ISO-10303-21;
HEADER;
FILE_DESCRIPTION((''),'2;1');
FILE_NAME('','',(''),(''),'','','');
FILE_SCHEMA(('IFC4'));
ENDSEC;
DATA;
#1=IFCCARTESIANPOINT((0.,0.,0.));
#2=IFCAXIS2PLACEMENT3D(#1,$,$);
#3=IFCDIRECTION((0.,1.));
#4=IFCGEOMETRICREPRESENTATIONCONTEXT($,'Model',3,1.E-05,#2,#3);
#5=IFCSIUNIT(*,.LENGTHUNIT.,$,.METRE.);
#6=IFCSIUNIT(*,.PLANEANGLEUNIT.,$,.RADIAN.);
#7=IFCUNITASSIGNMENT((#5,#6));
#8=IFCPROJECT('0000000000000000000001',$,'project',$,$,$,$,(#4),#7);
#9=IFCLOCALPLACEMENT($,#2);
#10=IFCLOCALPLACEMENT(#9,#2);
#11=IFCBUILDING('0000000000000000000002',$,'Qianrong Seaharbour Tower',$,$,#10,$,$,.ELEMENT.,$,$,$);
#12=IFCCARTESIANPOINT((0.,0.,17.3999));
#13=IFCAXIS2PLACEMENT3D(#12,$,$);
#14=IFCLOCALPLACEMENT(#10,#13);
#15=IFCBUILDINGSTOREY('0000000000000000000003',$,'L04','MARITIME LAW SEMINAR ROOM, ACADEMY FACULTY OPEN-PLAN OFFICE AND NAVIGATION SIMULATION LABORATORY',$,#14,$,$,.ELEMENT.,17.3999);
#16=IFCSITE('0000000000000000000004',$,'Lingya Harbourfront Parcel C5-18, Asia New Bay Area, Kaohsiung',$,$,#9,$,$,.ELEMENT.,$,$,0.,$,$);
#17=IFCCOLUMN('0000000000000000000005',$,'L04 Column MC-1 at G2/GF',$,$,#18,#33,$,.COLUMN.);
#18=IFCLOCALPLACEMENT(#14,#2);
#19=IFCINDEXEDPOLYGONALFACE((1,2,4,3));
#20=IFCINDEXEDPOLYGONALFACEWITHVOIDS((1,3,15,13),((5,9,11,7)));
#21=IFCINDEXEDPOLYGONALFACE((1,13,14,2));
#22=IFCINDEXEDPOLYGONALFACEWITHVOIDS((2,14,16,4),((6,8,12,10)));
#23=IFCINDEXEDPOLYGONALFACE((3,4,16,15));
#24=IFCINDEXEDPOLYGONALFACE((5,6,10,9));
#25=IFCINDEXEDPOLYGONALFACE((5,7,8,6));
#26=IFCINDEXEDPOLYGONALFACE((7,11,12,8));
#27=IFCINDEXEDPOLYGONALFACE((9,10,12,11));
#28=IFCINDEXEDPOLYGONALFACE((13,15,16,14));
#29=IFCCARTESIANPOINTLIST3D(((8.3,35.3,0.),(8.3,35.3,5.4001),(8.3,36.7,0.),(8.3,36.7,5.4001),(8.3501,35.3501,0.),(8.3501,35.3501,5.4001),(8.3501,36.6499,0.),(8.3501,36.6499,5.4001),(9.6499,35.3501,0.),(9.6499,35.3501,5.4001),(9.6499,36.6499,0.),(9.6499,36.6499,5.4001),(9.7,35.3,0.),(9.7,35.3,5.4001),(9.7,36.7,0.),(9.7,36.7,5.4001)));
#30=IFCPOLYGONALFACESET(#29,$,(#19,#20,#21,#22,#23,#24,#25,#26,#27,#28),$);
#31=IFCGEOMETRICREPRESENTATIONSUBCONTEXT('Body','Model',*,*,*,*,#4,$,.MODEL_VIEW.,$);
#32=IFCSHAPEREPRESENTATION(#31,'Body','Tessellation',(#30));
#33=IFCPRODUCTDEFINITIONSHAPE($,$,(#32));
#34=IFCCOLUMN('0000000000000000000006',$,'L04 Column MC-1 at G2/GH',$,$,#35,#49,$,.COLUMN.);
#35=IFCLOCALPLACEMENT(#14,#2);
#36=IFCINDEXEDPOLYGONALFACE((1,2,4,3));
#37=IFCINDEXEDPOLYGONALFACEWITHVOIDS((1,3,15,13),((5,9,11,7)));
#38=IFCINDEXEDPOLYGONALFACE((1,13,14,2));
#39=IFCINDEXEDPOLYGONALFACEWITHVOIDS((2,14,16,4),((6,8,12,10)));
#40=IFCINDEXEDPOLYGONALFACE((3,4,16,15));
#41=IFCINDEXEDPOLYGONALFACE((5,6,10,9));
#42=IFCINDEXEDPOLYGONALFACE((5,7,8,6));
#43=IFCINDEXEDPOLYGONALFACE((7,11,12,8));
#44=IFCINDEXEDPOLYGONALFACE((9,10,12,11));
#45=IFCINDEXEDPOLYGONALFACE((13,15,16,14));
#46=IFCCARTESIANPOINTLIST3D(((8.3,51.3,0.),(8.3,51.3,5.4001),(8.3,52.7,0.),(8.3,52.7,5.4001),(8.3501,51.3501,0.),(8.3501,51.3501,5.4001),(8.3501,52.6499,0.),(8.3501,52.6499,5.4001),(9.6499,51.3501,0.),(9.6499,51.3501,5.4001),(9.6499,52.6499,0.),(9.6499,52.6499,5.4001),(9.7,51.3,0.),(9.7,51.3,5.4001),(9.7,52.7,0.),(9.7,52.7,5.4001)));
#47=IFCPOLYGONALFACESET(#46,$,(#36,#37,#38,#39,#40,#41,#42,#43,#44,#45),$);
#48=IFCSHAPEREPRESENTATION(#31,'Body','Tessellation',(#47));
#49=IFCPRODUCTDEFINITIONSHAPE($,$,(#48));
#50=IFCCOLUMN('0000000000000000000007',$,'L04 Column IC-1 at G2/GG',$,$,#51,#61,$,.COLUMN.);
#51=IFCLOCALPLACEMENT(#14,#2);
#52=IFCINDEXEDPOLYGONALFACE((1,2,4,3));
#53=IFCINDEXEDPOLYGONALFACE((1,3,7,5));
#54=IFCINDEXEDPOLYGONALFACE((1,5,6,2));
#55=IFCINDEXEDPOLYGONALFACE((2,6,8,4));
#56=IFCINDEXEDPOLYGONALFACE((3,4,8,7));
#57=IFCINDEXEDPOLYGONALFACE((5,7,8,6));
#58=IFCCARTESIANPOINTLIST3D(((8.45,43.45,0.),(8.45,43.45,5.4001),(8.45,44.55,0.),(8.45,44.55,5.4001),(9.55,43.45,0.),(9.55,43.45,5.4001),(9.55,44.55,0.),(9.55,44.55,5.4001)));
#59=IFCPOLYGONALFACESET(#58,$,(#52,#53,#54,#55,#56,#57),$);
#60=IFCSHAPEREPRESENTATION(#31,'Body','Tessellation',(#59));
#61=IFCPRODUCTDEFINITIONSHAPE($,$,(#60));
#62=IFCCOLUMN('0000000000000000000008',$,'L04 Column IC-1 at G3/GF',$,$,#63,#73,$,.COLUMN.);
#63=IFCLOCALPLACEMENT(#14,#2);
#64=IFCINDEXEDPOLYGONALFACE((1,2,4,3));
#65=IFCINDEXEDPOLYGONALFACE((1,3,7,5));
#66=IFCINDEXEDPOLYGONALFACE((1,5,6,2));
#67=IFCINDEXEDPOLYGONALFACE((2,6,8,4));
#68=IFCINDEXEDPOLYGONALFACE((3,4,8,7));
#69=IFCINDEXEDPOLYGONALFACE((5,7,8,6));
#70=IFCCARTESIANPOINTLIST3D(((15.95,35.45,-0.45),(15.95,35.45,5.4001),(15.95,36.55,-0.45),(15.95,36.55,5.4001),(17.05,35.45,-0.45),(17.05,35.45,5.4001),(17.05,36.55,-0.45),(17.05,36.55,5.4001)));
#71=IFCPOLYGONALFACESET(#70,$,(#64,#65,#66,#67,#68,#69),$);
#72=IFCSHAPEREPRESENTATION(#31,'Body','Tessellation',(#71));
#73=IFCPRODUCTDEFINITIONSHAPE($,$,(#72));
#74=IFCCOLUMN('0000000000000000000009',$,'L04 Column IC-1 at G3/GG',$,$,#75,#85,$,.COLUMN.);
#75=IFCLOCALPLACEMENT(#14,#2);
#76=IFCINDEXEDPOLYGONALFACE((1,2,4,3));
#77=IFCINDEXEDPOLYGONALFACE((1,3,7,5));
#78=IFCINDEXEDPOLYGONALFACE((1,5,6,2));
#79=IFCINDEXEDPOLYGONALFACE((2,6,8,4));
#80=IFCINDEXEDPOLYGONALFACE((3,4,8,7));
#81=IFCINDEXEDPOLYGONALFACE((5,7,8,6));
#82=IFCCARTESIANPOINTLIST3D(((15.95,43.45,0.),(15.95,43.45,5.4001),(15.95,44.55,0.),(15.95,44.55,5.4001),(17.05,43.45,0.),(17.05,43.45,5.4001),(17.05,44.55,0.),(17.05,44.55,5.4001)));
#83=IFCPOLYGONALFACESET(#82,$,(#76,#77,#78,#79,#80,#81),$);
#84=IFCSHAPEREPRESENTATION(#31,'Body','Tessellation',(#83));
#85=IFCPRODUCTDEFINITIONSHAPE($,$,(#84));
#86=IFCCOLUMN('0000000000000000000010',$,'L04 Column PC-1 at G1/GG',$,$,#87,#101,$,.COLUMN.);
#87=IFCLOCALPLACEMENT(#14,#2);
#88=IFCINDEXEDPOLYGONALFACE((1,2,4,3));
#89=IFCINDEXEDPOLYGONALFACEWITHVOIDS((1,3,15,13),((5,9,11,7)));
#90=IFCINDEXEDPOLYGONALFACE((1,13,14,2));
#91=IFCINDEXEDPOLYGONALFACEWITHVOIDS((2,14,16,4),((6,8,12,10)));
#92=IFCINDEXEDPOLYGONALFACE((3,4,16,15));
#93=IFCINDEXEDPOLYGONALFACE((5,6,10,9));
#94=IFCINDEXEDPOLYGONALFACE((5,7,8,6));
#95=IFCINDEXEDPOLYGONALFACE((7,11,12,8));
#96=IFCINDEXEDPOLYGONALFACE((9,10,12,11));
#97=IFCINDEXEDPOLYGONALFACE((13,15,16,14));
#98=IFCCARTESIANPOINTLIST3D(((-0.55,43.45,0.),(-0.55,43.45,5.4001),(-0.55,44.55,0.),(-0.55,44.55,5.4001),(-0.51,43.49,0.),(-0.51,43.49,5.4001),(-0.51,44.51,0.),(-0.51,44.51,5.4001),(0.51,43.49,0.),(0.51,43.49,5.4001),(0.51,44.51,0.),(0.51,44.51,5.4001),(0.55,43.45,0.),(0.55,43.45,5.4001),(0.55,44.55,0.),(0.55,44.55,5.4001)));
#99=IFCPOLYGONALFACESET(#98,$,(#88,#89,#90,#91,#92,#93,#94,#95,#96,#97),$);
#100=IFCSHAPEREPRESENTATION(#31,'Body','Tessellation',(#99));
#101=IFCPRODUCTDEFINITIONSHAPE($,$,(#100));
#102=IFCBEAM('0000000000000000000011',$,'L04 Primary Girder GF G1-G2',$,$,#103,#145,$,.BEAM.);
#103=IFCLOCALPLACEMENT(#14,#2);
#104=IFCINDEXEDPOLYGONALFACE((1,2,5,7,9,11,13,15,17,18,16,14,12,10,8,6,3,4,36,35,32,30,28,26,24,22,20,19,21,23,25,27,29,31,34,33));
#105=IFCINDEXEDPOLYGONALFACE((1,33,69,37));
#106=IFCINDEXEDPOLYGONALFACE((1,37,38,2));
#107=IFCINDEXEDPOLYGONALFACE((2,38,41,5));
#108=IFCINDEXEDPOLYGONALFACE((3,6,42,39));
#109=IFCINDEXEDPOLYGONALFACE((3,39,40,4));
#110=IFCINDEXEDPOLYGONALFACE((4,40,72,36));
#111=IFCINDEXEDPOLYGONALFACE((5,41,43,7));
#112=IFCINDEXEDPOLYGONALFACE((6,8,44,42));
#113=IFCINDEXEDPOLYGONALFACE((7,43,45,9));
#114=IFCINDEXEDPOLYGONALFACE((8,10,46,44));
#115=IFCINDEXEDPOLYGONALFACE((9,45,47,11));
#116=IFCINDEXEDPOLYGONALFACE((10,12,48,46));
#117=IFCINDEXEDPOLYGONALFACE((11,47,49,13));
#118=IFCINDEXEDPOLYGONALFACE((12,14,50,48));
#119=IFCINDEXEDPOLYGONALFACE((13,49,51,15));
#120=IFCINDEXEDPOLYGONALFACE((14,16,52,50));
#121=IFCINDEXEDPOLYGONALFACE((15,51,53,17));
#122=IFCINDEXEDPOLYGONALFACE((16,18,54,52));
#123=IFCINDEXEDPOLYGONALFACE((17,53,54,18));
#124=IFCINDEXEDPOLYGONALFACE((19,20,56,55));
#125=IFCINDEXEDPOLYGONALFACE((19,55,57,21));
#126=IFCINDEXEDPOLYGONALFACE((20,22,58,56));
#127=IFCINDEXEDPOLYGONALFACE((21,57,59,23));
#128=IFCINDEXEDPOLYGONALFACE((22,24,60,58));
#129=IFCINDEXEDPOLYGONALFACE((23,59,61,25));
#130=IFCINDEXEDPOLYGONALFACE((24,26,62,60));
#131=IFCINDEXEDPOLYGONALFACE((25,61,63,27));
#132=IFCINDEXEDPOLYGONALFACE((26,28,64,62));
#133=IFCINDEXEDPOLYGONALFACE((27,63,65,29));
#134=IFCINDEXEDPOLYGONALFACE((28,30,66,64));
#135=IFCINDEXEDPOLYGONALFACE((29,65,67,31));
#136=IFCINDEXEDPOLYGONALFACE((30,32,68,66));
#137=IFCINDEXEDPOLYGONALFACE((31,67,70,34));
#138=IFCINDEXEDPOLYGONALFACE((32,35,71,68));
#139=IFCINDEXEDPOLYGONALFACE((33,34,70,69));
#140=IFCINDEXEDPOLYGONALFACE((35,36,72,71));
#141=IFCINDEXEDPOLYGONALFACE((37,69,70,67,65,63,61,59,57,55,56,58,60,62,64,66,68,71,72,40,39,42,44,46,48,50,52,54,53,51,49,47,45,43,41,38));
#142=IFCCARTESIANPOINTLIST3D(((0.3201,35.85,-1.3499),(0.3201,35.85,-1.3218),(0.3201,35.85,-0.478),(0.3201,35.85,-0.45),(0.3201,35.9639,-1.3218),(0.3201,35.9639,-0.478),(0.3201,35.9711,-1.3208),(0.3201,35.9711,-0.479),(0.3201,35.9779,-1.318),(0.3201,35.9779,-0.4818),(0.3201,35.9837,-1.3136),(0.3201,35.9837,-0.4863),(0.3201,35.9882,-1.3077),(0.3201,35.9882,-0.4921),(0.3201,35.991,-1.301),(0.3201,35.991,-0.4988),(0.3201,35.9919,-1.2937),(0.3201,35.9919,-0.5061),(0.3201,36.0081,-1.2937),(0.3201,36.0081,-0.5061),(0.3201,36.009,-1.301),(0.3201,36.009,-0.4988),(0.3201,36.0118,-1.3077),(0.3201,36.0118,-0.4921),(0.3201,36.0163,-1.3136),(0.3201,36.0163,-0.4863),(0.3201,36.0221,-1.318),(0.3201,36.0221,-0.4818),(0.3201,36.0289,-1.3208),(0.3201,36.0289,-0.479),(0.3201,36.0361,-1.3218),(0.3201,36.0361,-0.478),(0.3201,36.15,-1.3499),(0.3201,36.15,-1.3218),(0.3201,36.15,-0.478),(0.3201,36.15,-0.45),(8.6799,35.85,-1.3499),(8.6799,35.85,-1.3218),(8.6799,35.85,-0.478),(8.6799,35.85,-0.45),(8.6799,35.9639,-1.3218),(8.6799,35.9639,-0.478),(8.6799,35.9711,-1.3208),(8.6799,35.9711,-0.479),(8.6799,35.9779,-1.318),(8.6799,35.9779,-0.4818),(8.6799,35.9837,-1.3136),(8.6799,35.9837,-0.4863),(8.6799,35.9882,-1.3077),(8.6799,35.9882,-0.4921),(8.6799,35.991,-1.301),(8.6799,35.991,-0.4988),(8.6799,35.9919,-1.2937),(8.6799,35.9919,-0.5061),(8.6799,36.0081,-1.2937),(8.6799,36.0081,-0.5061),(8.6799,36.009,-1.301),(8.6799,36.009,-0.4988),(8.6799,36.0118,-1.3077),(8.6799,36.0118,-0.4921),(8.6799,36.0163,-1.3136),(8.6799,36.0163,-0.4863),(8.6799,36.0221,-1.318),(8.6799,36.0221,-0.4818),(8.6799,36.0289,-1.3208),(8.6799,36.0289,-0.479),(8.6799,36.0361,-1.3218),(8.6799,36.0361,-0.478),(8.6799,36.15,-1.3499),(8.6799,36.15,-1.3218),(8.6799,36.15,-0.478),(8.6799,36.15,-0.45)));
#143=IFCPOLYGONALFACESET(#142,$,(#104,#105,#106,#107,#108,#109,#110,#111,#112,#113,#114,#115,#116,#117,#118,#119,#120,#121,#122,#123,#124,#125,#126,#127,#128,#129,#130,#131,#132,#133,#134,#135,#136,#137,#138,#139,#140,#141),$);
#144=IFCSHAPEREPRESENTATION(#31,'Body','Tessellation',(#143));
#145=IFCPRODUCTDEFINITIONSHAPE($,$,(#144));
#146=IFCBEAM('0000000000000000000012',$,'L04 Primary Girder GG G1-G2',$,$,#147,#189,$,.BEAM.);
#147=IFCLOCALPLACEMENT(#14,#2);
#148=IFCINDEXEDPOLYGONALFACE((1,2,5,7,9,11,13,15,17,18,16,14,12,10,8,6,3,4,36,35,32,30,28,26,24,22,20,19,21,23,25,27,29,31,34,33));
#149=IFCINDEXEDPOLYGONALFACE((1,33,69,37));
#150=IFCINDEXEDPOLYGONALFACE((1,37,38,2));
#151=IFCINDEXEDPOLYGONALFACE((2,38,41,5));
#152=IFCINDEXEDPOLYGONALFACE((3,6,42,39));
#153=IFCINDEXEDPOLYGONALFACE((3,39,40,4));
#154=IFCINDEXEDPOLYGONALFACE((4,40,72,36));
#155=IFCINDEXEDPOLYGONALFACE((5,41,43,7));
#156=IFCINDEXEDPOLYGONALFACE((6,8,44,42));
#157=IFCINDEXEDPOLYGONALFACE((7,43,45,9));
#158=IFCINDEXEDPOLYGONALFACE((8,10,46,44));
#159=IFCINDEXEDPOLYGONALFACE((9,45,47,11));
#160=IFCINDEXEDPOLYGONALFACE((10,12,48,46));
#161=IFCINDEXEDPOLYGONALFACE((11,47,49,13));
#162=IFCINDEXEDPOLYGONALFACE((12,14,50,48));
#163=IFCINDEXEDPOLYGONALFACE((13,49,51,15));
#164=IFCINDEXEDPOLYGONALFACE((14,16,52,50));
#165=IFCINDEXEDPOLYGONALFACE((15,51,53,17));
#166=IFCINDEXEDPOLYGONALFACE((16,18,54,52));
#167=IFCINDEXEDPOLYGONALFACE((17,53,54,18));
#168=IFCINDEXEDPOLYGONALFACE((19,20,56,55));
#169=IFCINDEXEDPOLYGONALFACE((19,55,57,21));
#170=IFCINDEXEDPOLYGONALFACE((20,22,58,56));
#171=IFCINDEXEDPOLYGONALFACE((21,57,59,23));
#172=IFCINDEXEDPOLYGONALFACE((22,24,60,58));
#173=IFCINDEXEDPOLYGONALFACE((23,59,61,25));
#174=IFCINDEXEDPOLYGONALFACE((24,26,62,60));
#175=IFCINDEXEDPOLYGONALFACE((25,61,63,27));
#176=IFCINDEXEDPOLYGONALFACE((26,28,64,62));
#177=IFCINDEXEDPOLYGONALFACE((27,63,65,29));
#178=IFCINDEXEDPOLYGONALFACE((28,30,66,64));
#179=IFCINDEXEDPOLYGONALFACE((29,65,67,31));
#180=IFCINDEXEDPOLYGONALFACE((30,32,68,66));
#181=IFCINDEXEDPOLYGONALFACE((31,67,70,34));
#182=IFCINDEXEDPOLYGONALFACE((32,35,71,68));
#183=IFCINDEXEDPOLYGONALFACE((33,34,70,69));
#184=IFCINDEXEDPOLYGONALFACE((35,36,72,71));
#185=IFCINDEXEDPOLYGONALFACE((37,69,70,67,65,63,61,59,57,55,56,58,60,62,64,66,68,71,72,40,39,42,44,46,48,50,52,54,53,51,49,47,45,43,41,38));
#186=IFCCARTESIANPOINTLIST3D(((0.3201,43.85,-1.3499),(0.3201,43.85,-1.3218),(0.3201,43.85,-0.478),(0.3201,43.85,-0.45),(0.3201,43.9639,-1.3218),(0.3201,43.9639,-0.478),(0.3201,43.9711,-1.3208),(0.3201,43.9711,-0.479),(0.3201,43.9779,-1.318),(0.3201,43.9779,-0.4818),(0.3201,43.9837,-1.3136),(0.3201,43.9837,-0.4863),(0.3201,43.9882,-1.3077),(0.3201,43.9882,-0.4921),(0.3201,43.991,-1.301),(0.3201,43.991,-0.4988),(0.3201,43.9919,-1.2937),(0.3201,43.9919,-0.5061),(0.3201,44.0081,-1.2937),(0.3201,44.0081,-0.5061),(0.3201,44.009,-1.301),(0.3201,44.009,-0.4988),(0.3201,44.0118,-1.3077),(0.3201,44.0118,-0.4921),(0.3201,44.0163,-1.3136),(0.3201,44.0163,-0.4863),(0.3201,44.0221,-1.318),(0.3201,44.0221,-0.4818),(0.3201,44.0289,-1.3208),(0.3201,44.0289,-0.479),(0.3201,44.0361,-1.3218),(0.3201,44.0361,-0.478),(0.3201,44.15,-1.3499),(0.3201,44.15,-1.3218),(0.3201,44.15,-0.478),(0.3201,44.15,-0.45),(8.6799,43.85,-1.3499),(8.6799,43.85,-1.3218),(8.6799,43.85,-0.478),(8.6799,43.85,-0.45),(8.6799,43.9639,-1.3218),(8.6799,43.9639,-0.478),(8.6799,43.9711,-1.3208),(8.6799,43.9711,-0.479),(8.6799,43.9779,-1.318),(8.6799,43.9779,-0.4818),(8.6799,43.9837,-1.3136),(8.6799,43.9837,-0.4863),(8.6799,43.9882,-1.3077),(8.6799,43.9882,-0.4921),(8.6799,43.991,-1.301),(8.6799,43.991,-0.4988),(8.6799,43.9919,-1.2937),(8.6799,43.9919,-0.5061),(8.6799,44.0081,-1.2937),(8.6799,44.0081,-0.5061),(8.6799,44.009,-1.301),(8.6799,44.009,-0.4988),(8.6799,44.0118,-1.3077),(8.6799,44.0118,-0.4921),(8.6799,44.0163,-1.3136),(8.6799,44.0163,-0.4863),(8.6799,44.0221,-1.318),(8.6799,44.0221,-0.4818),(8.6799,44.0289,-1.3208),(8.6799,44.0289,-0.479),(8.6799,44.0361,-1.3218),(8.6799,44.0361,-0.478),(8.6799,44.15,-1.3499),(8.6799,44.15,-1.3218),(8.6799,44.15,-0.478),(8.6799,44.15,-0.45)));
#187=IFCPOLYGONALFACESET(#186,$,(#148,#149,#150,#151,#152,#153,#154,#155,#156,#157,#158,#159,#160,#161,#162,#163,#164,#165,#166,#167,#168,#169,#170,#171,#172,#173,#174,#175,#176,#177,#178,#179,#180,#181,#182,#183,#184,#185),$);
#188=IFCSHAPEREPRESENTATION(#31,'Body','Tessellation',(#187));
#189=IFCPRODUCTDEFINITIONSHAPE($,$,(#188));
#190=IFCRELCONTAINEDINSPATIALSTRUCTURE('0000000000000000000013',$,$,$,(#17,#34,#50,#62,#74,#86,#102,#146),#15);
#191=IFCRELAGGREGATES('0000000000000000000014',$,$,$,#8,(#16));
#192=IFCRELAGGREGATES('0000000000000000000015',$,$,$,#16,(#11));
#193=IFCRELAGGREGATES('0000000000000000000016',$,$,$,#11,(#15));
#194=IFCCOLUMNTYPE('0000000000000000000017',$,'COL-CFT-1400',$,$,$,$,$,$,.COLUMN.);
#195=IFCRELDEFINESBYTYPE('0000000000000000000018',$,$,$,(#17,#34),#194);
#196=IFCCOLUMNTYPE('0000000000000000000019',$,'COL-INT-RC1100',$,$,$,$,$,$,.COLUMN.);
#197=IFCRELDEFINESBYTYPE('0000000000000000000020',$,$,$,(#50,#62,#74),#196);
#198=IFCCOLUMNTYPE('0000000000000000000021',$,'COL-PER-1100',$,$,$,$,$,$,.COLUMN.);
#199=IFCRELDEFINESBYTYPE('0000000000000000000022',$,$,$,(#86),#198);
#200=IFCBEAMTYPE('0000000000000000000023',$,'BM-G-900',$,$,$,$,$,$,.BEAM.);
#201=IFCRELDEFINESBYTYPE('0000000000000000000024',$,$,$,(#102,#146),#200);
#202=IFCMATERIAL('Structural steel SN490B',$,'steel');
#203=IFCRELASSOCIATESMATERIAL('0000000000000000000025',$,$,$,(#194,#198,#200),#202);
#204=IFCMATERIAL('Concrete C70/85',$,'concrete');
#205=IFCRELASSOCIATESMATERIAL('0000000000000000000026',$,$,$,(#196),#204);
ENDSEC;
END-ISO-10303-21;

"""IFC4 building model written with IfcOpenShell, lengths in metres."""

from ifc_helpers import new_model, si_unit, direction, frame, origin, origin_2d, place, context, subcontext, project, spatial, rectangle, hollow_rectangle, i_section, extrude, material, material_profile, profile_set, type_object, element, save


model = new_model("IFC4")

# Units and contexts
model_context = context("Model", 3, precision=1e-05, world=origin(), true_north=direction((0.0, 1.0)))
body_context = subcontext(model_context, "Body", "Model", "MODEL_VIEW")
ifc_project = project(units=[si_unit("LENGTHUNIT", "METRE"), si_unit("PLANEANGLEUNIT", "RADIAN")], contexts=[model_context])

# Site, building, storey
site_placement = place(None, origin())
site = spatial("IfcSite", under=ifc_project, at=site_placement, Name="Lingya Harbourfront Parcel C5-18, Asia New Bay Area, Kaohsiung", CompositionType="ELEMENT", RefElevation=0.0)
building_placement = place(site_placement, origin())
building = spatial("IfcBuilding", under=site, at=building_placement, Name="Qianrong Seaharbour Tower", CompositionType="ELEMENT")
storey_placement = place(building_placement, frame((0.0, 0.0, 17.3999)))
storey = spatial("IfcBuildingStorey", under=building, at=storey_placement, Name="L04", Description="MARITIME LAW SEMINAR ROOM, ACADEMY FACULTY OPEN-PLAN OFFICE AND NAVIGATION SIMULATION LABORATORY", CompositionType="ELEMENT", Elevation=17.3999)

# Columns
ifc_material_1 = material(Name="Structural steel SN490B", Category="steel")
ifc_material_profile_1 = material_profile(ifc_material_1, hollow_rectangle(XDim=1.3999, YDim=1.3999, WallThickness=0.05, at=origin_2d()), Name="BOX1400x1400x50")
ifc_profile_set_1 = profile_set([ifc_material_profile_1], Name="Structural steel SN490B")
column_type_1 = type_object("IfcColumnType", Name="COL-CFT-1400", PredefinedType="COLUMN", material=ifc_profile_set_1)
for number, where, z_axis, x_axis, name in (
    (1, (9.0, 36.0, 0.0), (0.0, 0.0, 1.0), (1.0, 0.0, 0.0), "L04 Column MC-1 at G2/GF"),
    (2, (9.0, 52.0, 0.0), (0.0, 0.0, 1.0), (1.0, 0.0, 0.0), "L04 Column MC-1 at G2/GH"),
):
    element("IfcColumn", number, at=place(storey_placement, frame(where, z_axis=z_axis, x_axis=x_axis)), inside=storey, type_object=column_type_1, Name=name, PredefinedType="COLUMN", context=body_context, shape_type="SweptSolid", body=[
        extrude(hollow_rectangle(XDim=1.3999, YDim=1.3999, WallThickness=0.05, at=origin_2d()), origin(), (0.0, 0.0, 1.0), 5.4001),
    ])
ifc_material_2 = material(Name="Concrete C70/85", Category="concrete")
ifc_material_profile_2 = material_profile(ifc_material_2, rectangle(XDim=1.1001, YDim=1.1001, at=origin_2d()), Name="RC1100x1100")
ifc_profile_set_2 = profile_set([ifc_material_profile_2], Name="Concrete C70/85")
column_type_2 = type_object("IfcColumnType", Name="COL-INT-RC1100", PredefinedType="COLUMN", material=ifc_profile_set_2)
column_1_placement = place(storey_placement, frame((9.0, 44.0, 0.0), z_axis=(0.0, 0.0, 1.0), x_axis=(1.0, 0.0, 0.0)))
element("IfcColumn", 3, at=column_1_placement, inside=storey, type_object=column_type_2, Name="L04 Column IC-1 at G2/GG", PredefinedType="COLUMN", context=body_context, shape_type="SweptSolid", body=[
    extrude(rectangle(XDim=1.1001, YDim=1.1001, at=origin_2d()), origin(), (0.0, 0.0, 1.0), 5.4001),
])
column_2_placement = place(storey_placement, frame((16.5, 36.0, -0.45), z_axis=(0.0, 0.0, 1.0), x_axis=(1.0, 0.0, 0.0)))
element("IfcColumn", 4, at=column_2_placement, inside=storey, type_object=column_type_2, Name="L04 Column IC-1 at G3/GF", PredefinedType="COLUMN", context=body_context, shape_type="SweptSolid", body=[
    extrude(rectangle(XDim=1.1001, YDim=1.1001, at=origin_2d()), origin(), (0.0, 0.0, 1.0), 5.8501),
])
column_3_placement = place(storey_placement, frame((16.5, 44.0, 0.0), z_axis=(0.0, 0.0, 1.0), x_axis=(1.0, 0.0, 0.0)))
element("IfcColumn", 5, at=column_3_placement, inside=storey, type_object=column_type_2, Name="L04 Column IC-1 at G3/GG", PredefinedType="COLUMN", context=body_context, shape_type="SweptSolid", body=[
    extrude(rectangle(XDim=1.1001, YDim=1.1001, at=origin_2d()), origin(), (0.0, 0.0, 1.0), 5.4001),
])
ifc_material_profile_3 = material_profile(ifc_material_1, hollow_rectangle(XDim=1.1001, YDim=1.1001, WallThickness=0.04, at=origin_2d()), Name="BOX1100x1100x40")
ifc_profile_set_3 = profile_set([ifc_material_profile_3], Name="Structural steel SN490B")
column_type_3 = type_object("IfcColumnType", Name="COL-PER-1100", PredefinedType="COLUMN", material=ifc_profile_set_3)
column_4_placement = place(storey_placement, frame((0.0, 44.0, 0.0), z_axis=(0.0, 0.0, 1.0), x_axis=(1.0, 0.0, 0.0)))
element("IfcColumn", 6, at=column_4_placement, inside=storey, type_object=column_type_3, Name="L04 Column PC-1 at G1/GG", PredefinedType="COLUMN", context=body_context, shape_type="SweptSolid", body=[
    extrude(hollow_rectangle(XDim=1.1001, YDim=1.1001, WallThickness=0.04, at=origin_2d()), origin(), (0.0, 0.0, 1.0), 5.4001),
])

# Beams
ifc_material_profile_4 = material_profile(ifc_material_1, i_section(OverallWidth=0.3, OverallDepth=0.8999, WebThickness=0.0161, FlangeThickness=0.0281, FilletRadius=0.0281, at=origin_2d()), Name="H900x300x16x28")
ifc_profile_set_4 = profile_set([ifc_material_profile_4], Name="Structural steel SN490B")
beam_type_1 = type_object("IfcBeamType", Name="BM-G-900", PredefinedType="BEAM", material=ifc_profile_set_4)
for number, where, z_axis, x_axis, name in (
    (7, (0.3201, 36.0, -0.8999), (1.0, 0.0, 0.0), (0.0, 1.0, 0.0), "L04 Primary Girder GF G1-G2"),
    (8, (0.3201, 44.0, -0.8999), (1.0, 0.0, 0.0), (0.0, 1.0, 0.0), "L04 Primary Girder GG G1-G2"),
):
    element("IfcBeam", number, at=place(storey_placement, frame(where, z_axis=z_axis, x_axis=x_axis)), inside=storey, type_object=beam_type_1, Name=name, PredefinedType="BEAM", context=body_context, shape_type="SweptSolid", body=[
        extrude(i_section(OverallWidth=0.3, OverallDepth=0.8999, WebThickness=0.0161, FlangeThickness=0.0281, FilletRadius=0.0281, at=origin_2d()), origin(), (0.0, 0.0, 1.0), 8.3599),
    ])

save(model, "model.ifc")
